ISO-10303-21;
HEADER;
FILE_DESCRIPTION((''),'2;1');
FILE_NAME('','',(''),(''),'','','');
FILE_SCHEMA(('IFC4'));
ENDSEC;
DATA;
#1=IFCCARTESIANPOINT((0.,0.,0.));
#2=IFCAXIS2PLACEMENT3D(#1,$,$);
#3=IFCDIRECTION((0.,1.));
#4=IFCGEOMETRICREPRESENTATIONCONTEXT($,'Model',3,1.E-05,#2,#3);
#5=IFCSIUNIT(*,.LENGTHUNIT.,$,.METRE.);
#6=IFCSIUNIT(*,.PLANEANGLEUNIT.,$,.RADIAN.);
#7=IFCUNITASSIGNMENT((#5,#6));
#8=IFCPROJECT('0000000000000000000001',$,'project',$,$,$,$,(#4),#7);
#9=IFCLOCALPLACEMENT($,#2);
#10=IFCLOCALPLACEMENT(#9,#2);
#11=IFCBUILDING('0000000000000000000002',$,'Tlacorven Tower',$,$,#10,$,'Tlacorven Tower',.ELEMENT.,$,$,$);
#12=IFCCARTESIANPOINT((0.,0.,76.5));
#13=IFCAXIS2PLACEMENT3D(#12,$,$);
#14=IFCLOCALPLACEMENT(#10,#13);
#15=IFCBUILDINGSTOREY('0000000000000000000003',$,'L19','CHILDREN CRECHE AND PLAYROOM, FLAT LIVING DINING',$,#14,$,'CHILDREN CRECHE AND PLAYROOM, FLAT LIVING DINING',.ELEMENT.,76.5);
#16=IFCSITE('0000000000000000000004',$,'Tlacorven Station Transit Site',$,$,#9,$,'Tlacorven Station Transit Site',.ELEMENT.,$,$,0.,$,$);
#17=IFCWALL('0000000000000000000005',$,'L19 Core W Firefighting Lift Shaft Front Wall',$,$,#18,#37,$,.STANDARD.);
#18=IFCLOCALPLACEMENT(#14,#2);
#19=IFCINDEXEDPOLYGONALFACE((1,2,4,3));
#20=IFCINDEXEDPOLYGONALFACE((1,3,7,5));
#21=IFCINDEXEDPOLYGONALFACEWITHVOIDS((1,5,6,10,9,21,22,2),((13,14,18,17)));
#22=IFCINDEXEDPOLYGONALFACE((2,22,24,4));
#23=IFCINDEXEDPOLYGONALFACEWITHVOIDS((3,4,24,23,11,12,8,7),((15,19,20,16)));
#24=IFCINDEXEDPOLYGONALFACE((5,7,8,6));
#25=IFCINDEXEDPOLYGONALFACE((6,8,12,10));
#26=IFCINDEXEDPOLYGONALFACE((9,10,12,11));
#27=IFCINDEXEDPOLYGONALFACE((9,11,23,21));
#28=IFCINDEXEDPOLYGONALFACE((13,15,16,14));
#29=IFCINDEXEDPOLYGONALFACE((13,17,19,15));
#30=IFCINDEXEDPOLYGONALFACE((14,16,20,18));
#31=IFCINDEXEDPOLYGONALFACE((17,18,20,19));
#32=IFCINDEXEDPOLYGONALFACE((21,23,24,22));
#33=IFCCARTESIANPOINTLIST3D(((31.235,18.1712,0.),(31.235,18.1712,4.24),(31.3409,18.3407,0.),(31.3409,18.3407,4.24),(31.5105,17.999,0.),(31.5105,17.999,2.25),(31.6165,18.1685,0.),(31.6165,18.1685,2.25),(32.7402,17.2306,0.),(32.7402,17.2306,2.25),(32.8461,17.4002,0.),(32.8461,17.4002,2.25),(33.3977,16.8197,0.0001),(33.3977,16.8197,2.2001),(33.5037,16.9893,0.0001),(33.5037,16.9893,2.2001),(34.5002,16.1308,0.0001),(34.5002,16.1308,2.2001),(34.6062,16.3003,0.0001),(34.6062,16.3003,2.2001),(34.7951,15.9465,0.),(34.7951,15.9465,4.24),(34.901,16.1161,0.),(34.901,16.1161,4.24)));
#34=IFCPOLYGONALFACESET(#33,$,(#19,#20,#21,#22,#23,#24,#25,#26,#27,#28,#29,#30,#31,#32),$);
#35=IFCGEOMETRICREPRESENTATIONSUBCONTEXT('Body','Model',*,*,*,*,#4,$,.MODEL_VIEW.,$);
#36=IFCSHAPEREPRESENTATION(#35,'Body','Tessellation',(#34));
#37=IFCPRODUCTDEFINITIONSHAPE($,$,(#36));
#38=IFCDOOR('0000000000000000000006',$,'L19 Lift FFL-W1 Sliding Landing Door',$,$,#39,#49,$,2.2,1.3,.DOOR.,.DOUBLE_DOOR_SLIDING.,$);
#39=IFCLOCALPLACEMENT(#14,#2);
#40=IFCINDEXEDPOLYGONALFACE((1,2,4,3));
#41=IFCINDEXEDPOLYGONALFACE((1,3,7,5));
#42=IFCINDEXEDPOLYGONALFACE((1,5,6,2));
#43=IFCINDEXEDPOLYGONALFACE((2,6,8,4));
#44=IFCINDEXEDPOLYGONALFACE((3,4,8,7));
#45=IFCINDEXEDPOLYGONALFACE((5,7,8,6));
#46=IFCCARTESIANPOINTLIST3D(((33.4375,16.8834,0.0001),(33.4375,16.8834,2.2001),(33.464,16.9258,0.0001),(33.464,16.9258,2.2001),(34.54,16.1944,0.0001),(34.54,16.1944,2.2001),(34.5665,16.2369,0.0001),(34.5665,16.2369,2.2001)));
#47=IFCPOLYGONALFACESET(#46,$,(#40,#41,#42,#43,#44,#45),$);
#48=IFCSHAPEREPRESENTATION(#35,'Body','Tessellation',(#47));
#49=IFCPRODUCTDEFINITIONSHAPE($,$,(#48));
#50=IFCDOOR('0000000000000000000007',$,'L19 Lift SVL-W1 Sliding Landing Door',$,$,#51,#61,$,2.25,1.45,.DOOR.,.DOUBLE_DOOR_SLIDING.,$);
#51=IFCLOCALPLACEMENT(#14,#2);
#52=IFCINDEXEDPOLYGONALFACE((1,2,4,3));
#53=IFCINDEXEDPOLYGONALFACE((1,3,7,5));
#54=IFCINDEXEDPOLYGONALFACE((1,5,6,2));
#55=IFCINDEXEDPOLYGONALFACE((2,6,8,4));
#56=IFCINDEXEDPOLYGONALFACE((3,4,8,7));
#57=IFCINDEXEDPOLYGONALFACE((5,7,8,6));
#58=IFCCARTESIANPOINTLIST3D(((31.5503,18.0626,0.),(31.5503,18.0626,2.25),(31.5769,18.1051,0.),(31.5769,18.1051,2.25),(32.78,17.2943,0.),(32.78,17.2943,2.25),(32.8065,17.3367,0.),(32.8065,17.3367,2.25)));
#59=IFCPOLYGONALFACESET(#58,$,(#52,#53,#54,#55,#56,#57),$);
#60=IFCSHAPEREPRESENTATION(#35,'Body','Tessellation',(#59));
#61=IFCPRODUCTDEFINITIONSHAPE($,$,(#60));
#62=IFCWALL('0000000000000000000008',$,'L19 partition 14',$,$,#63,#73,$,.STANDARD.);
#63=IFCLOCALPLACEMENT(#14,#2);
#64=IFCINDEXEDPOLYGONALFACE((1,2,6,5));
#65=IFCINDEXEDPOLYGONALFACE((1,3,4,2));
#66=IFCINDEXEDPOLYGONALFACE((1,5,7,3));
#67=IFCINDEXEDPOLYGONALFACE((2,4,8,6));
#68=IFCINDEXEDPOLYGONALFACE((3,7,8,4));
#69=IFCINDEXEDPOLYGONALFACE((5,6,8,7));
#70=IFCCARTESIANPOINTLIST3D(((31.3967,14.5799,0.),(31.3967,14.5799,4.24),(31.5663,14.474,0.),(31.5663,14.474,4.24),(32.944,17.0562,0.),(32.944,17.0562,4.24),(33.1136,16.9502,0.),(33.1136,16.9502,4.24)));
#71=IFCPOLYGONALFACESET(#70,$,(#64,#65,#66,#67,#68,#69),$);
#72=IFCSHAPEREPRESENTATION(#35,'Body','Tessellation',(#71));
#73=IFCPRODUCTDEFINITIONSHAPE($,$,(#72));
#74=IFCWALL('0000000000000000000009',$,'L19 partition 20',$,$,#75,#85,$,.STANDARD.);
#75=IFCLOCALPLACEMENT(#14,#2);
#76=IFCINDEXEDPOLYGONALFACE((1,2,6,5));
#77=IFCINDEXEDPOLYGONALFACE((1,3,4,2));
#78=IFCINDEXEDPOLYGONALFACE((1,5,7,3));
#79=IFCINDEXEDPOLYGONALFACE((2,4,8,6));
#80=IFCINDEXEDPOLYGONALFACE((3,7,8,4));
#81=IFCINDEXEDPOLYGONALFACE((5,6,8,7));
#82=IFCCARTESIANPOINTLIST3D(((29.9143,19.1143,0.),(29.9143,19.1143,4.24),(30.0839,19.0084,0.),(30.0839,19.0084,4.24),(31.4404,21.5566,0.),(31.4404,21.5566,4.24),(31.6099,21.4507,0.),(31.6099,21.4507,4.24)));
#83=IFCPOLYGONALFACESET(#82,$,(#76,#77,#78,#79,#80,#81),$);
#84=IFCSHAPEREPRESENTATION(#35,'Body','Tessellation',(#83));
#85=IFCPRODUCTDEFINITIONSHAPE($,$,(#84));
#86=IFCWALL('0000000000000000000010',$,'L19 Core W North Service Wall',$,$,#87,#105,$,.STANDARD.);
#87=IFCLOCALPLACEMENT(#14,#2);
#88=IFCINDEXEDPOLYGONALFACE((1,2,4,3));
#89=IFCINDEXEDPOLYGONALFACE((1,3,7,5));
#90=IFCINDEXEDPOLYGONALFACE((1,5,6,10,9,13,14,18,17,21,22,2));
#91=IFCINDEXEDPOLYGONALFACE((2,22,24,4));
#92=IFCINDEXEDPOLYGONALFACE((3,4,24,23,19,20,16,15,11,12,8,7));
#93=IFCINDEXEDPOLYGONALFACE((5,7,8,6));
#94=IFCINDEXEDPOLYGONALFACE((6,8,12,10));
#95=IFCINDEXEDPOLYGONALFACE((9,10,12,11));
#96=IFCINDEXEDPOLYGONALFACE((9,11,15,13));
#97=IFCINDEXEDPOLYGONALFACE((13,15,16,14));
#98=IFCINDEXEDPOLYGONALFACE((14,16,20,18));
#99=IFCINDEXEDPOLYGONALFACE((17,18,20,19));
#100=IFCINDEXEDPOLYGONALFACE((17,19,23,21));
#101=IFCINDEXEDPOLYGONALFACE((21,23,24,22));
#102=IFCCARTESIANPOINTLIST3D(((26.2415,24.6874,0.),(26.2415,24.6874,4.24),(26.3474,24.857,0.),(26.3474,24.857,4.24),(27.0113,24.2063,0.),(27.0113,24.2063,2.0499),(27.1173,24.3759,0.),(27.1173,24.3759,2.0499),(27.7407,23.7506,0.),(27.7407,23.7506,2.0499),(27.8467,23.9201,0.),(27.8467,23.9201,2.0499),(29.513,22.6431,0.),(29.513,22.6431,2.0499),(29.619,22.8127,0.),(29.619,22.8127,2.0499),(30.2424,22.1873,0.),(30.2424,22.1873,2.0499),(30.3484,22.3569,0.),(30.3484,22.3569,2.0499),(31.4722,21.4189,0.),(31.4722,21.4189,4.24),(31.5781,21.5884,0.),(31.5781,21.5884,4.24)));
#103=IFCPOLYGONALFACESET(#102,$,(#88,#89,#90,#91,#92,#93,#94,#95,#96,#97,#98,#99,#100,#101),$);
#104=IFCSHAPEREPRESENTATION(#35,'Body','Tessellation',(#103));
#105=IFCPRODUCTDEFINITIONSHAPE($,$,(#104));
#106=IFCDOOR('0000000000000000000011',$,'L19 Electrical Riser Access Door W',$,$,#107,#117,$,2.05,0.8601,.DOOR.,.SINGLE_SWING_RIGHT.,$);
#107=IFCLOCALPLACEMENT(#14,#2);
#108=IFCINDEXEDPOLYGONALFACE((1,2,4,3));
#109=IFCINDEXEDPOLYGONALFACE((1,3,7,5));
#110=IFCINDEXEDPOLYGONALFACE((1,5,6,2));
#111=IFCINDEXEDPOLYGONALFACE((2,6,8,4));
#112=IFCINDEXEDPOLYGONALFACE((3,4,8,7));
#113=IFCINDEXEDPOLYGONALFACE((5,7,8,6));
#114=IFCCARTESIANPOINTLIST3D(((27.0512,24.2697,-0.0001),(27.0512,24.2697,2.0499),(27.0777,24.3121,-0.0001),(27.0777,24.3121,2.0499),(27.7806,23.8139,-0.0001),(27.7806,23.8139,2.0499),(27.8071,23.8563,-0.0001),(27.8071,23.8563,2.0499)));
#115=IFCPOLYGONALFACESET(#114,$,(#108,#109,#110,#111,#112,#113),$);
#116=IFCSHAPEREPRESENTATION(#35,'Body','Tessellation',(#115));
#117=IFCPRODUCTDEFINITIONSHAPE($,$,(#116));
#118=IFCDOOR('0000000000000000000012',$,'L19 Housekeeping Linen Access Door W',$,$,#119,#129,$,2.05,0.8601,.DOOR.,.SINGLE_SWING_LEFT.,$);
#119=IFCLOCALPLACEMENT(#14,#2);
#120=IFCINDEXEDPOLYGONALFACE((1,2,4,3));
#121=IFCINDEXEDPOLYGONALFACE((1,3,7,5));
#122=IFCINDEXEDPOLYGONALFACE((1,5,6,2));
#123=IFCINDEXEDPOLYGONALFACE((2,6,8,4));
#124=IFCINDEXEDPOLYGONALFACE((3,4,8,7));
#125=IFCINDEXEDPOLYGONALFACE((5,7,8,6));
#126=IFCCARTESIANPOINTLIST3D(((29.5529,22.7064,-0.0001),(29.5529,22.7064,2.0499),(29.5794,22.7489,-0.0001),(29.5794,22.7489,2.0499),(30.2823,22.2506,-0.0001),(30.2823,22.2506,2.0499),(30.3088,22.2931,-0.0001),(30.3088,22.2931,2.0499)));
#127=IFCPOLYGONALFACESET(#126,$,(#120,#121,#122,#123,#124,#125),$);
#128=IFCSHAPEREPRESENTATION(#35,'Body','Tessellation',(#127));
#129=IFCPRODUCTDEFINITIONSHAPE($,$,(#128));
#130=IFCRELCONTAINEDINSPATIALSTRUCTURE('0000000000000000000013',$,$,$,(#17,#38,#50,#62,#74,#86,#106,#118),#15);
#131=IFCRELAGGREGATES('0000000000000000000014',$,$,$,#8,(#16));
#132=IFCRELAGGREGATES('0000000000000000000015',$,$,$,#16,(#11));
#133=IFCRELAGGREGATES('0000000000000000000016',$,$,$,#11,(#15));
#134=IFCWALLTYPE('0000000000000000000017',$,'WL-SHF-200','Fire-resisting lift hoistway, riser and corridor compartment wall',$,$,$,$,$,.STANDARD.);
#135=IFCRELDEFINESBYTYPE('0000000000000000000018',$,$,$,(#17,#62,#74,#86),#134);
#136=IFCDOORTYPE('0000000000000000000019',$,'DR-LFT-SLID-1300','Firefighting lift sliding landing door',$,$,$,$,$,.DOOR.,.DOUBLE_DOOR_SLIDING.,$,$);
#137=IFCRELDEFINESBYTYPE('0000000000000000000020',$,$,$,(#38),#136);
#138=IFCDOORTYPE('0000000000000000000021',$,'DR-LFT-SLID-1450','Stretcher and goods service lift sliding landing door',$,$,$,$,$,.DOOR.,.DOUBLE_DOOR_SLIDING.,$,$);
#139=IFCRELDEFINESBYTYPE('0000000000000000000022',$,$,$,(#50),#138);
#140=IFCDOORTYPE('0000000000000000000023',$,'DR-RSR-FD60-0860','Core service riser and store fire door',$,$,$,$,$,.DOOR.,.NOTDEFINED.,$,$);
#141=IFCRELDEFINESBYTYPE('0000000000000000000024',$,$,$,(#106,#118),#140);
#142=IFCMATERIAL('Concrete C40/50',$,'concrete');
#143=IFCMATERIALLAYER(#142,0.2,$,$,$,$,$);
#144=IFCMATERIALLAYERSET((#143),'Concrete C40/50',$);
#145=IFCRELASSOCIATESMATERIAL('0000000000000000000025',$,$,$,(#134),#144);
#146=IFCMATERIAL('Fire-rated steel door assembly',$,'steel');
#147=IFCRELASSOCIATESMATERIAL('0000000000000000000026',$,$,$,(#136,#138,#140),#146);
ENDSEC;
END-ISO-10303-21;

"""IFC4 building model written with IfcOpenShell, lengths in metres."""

from ifc_helpers import new_model, si_unit, direction, frame, frame_2d, origin, place, context, subcontext, project, spatial, rectangle, extrude, source, transform, mapped, material, layer, layer_set, type_object, element, fill, save


model = new_model("IFC4")

# Units and contexts
model_context = context("Model", 3, precision=1e-05, world=origin(), true_north=direction((0.0, 1.0)))
body_context = subcontext(model_context, "Body", "Model", "MODEL_VIEW")
ifc_project = project(units=[si_unit("LENGTHUNIT", "METRE"), si_unit("PLANEANGLEUNIT", "RADIAN")], contexts=[model_context])

# Site, building, storey
site_placement = place(None, origin())
site = spatial("IfcSite", under=ifc_project, at=site_placement, Name="Tlacorven Station Transit Site", LongName="Tlacorven Station Transit Site", CompositionType="ELEMENT", RefElevation=0.0)
building_placement = place(site_placement, origin())
building = spatial("IfcBuilding", under=site, at=building_placement, Name="Tlacorven Tower", LongName="Tlacorven Tower", CompositionType="ELEMENT")
storey_placement = place(building_placement, frame((0.0, 0.0, 76.5)))
storey = spatial("IfcBuildingStorey", under=building, at=storey_placement, Name="L19", Description="CHILDREN CRECHE AND PLAYROOM, FLAT LIVING DINING", LongName="CHILDREN CRECHE AND PLAYROOM, FLAT LIVING DINING", CompositionType="ELEMENT", Elevation=76.5)

# Wall, openings, doors
ifc_material_1 = material(Name="Concrete C40/50", Category="concrete")
ifc_layer_1 = layer(ifc_material_1, 0.2)
ifc_layer_set_1 = layer_set([ifc_layer_1], Name="Concrete C40/50")
wall_type_1 = type_object("IfcWallType", Name="WL-SHF-200", Description="Fire-resisting lift hoistway, riser and corridor compartment wall", PredefinedType="STANDARD", material=ifc_layer_set_1)
wall_1_placement = place(storey_placement, frame((34.8481, 16.0312, 0.0), z_axis=(0.0, 0.0, 1.0), x_axis=(-0.848044, 0.529926, 0.0)))
wall_1 = element("IfcWall", 1, at=wall_1_placement, inside=storey, type_object=wall_type_1, Name="L19 Core W Firefighting Lift Shaft Front Wall", PredefinedType="STANDARD", context=body_context, shape_type="SweptSolid", body=[
    extrude(rectangle(XDim=4.198, YDim=0.2, at=frame_2d((2.0991, 0.0))), origin(), (0.0, 0.0, 1.0), 4.24),
])
opening_1_placement = place(wall_1_placement, frame((0.3479, 0.0, 0.0)))
opening_1 = element("IfcOpeningElement", 2, at=opening_1_placement, cuts=wall_1, PredefinedType="OPENING", context=body_context, shape_type="SweptSolid", body=[
    extrude(rectangle(XDim=1.3, YDim=2.2, at=frame_2d((0.6499, 1.1001))), frame((0.0, 0.1099, 0.0), z_axis=(0.0, -1.0, 0.0), x_axis=(1.0, 0.0, 0.0)), (0.0, 0.0, 1.0), 0.22),
])
opening_2_placement = place(wall_1_placement, frame((2.4231, 0.0, 0.0)))
opening_2 = element("IfcOpeningElement", 3, at=opening_2_placement, cuts=wall_1, PredefinedType="OPENING", context=body_context, shape_type="SweptSolid", body=[
    extrude(rectangle(XDim=1.45, YDim=2.25, at=frame_2d((0.7251, 1.125))), frame((0.0, 0.1099, 0.0), z_axis=(0.0, -1.0, 0.0), x_axis=(1.0, 0.0, 0.0)), (0.0, 0.0, 1.0), 0.22),
])
ifc_material_2 = material(Name="Fire-rated steel door assembly", Category="steel")
door_type_1 = type_object("IfcDoorType", Name="DR-LFT-SLID-1300", Description="Firefighting lift sliding landing door", OperationType="DOUBLE_DOOR_SLIDING", PredefinedType="DOOR", material=ifc_material_2)
shared_shape_1 = source(origin(), body_context, "Body", "SweptSolid", [
    extrude(rectangle(XDim=1.3, YDim=2.2, at=frame_2d((0.6499, 1.1001))), frame((0.0, 0.0249, 0.0), z_axis=(0.0, -1.0, 0.0), x_axis=(1.0, 0.0, 0.0)), (0.0, 0.0, 1.0), 0.05),
])
door_1_placement = place(opening_1_placement, origin())
door_1 = element("IfcDoor", 4, at=door_1_placement, inside=storey, type_object=door_type_1, Name="L19 Lift FFL-W1 Sliding Landing Door", OperationType="DOUBLE_DOOR_SLIDING", OverallHeight=2.2, OverallWidth=1.3, PredefinedType="DOOR", context=body_context, shape_type="MappedRepresentation", body=[
    mapped(shared_shape_1, transform((0.0, 0.0, 0.0), scale=1.0)),
])
fill(opening_1, door_1)
door_type_2 = type_object("IfcDoorType", Name="DR-LFT-SLID-1450", Description="Stretcher and goods service lift sliding landing door", OperationType="DOUBLE_DOOR_SLIDING", PredefinedType="DOOR", material=ifc_material_2)
shared_shape_2 = source(origin(), body_context, "Body", "SweptSolid", [
    extrude(rectangle(XDim=1.45, YDim=2.25, at=frame_2d((0.7251, 1.125))), frame((0.0, 0.0249, 0.0), z_axis=(0.0, -1.0, 0.0), x_axis=(1.0, 0.0, 0.0)), (0.0, 0.0, 1.0), 0.05),
])
door_2_placement = place(opening_2_placement, origin())
door_2 = element("IfcDoor", 5, at=door_2_placement, inside=storey, type_object=door_type_2, Name="L19 Lift SVL-W1 Sliding Landing Door", OperationType="DOUBLE_DOOR_SLIDING", OverallHeight=2.25, OverallWidth=1.45, PredefinedType="DOOR", context=body_context, shape_type="MappedRepresentation", body=[
    mapped(shared_shape_2, transform((0.0, 0.0, 0.0), scale=1.0)),
])
fill(opening_2, door_2)

# Walls
wall_2_placement = place(storey_placement, frame((33.0288, 17.0032, 0.0), z_axis=(0.0, 0.0, 1.0), x_axis=(-0.529916, -0.84805, 0.0)))
element("IfcWall", 6, at=wall_2_placement, inside=storey, type_object=wall_type_1, Name="L19 partition 14", PredefinedType="STANDARD", context=body_context, shape_type="SweptSolid", body=[
    extrude(rectangle(XDim=2.9199, YDim=0.2, at=frame_2d((1.46, 0.0))), origin(), (0.0, 0.0, 1.0), 4.24),
])
wall_3_placement = place(storey_placement, frame((31.5251, 21.5037, 0.0), z_axis=(0.0, 0.0, 1.0), x_axis=(-0.529907, -0.848055, 0.0)))
element("IfcWall", 7, at=wall_3_placement, inside=storey, type_object=wall_type_1, Name="L19 partition 20", PredefinedType="STANDARD", context=body_context, shape_type="SweptSolid", body=[
    extrude(rectangle(XDim=2.8799, YDim=0.2, at=frame_2d((1.4399, 0.0))), origin(), (0.0, 0.0, 1.0), 4.24),
])

# Wall, openings, doors
wall_4_placement = place(storey_placement, frame((31.5251, 21.5037, 0.0), z_axis=(0.0, 0.0, 1.0), x_axis=(-0.848045, 0.529924, 0.0)))
wall_4 = element("IfcWall", 8, at=wall_4_placement, inside=storey, type_object=wall_type_1, Name="L19 Core W North Service Wall", PredefinedType="STANDARD", context=body_context, shape_type="SweptSolid", body=[
    extrude(rectangle(XDim=6.168, YDim=0.2, at=frame_2d((3.084, 0.0))), origin(), (0.0, 0.0, 1.0), 4.24),
])
opening_3_placement = place(wall_4_placement, frame((4.3999, 0.0, 0.0)))
opening_3 = element("IfcOpeningElement", 9, at=opening_3_placement, cuts=wall_4, PredefinedType="OPENING", context=body_context, shape_type="SweptSolid", body=[
    extrude(rectangle(XDim=0.8601, YDim=2.05, at=frame_2d((0.4302, 1.0249))), frame((0.0, 0.1099, 0.0), z_axis=(0.0, -1.0, 0.0), x_axis=(1.0, 0.0, 0.0)), (0.0, 0.0, 1.0), 0.22),
])
opening_4_placement = place(wall_4_placement, frame((1.45, 0.0, 0.0)))
opening_4 = element("IfcOpeningElement", 10, at=opening_4_placement, cuts=wall_4, PredefinedType="OPENING", context=body_context, shape_type="SweptSolid", body=[
    extrude(rectangle(XDim=0.8601, YDim=2.05, at=frame_2d((0.4302, 1.0249))), frame((0.0, 0.1099, 0.0), z_axis=(0.0, -1.0, 0.0), x_axis=(1.0, 0.0, 0.0)), (0.0, 0.0, 1.0), 0.22),
])
door_type_3 = type_object("IfcDoorType", Name="DR-RSR-FD60-0860", Description="Core service riser and store fire door", OperationType="NOTDEFINED", PredefinedType="DOOR", material=ifc_material_2)
shared_shape_3 = source(origin(), body_context, "Body", "SweptSolid", [
    extrude(rectangle(XDim=0.8601, YDim=2.05, at=frame_2d((0.4302, 1.0249))), frame((0.0, 0.0249, 0.0), z_axis=(0.0, -1.0, 0.0), x_axis=(1.0, 0.0, 0.0)), (0.0, 0.0, 1.0), 0.05),
])
door_3_placement = place(opening_3_placement, frame((0.8601, 0.0, 0.0), z_axis=(0.0, 0.0, 1.0), x_axis=(-1.0, 0.0, 0.0)))
door_3 = element("IfcDoor", 11, at=door_3_placement, inside=storey, type_object=door_type_3, Name="L19 Electrical Riser Access Door W", OperationType="SINGLE_SWING_RIGHT", OverallHeight=2.05, OverallWidth=0.8601, PredefinedType="DOOR", context=body_context, shape_type="MappedRepresentation", body=[
    mapped(shared_shape_3, transform((0.0, 0.0, 0.0), scale=1.0)),
])
fill(opening_3, door_3)
door_4_placement = place(opening_4_placement, frame((0.8601, 0.0, 0.0), z_axis=(0.0, 0.0, 1.0), x_axis=(-1.0, 0.0, 0.0)))
door_4 = element("IfcDoor", 12, at=door_4_placement, inside=storey, type_object=door_type_3, Name="L19 Housekeeping Linen Access Door W", OperationType="SINGLE_SWING_LEFT", OverallHeight=2.05, OverallWidth=0.8601, PredefinedType="DOOR", context=body_context, shape_type="MappedRepresentation", body=[
    mapped(shared_shape_3, transform((0.0, 0.0, 0.0), scale=1.0)),
])
fill(opening_4, door_4)

save(model, "model.ifc")
